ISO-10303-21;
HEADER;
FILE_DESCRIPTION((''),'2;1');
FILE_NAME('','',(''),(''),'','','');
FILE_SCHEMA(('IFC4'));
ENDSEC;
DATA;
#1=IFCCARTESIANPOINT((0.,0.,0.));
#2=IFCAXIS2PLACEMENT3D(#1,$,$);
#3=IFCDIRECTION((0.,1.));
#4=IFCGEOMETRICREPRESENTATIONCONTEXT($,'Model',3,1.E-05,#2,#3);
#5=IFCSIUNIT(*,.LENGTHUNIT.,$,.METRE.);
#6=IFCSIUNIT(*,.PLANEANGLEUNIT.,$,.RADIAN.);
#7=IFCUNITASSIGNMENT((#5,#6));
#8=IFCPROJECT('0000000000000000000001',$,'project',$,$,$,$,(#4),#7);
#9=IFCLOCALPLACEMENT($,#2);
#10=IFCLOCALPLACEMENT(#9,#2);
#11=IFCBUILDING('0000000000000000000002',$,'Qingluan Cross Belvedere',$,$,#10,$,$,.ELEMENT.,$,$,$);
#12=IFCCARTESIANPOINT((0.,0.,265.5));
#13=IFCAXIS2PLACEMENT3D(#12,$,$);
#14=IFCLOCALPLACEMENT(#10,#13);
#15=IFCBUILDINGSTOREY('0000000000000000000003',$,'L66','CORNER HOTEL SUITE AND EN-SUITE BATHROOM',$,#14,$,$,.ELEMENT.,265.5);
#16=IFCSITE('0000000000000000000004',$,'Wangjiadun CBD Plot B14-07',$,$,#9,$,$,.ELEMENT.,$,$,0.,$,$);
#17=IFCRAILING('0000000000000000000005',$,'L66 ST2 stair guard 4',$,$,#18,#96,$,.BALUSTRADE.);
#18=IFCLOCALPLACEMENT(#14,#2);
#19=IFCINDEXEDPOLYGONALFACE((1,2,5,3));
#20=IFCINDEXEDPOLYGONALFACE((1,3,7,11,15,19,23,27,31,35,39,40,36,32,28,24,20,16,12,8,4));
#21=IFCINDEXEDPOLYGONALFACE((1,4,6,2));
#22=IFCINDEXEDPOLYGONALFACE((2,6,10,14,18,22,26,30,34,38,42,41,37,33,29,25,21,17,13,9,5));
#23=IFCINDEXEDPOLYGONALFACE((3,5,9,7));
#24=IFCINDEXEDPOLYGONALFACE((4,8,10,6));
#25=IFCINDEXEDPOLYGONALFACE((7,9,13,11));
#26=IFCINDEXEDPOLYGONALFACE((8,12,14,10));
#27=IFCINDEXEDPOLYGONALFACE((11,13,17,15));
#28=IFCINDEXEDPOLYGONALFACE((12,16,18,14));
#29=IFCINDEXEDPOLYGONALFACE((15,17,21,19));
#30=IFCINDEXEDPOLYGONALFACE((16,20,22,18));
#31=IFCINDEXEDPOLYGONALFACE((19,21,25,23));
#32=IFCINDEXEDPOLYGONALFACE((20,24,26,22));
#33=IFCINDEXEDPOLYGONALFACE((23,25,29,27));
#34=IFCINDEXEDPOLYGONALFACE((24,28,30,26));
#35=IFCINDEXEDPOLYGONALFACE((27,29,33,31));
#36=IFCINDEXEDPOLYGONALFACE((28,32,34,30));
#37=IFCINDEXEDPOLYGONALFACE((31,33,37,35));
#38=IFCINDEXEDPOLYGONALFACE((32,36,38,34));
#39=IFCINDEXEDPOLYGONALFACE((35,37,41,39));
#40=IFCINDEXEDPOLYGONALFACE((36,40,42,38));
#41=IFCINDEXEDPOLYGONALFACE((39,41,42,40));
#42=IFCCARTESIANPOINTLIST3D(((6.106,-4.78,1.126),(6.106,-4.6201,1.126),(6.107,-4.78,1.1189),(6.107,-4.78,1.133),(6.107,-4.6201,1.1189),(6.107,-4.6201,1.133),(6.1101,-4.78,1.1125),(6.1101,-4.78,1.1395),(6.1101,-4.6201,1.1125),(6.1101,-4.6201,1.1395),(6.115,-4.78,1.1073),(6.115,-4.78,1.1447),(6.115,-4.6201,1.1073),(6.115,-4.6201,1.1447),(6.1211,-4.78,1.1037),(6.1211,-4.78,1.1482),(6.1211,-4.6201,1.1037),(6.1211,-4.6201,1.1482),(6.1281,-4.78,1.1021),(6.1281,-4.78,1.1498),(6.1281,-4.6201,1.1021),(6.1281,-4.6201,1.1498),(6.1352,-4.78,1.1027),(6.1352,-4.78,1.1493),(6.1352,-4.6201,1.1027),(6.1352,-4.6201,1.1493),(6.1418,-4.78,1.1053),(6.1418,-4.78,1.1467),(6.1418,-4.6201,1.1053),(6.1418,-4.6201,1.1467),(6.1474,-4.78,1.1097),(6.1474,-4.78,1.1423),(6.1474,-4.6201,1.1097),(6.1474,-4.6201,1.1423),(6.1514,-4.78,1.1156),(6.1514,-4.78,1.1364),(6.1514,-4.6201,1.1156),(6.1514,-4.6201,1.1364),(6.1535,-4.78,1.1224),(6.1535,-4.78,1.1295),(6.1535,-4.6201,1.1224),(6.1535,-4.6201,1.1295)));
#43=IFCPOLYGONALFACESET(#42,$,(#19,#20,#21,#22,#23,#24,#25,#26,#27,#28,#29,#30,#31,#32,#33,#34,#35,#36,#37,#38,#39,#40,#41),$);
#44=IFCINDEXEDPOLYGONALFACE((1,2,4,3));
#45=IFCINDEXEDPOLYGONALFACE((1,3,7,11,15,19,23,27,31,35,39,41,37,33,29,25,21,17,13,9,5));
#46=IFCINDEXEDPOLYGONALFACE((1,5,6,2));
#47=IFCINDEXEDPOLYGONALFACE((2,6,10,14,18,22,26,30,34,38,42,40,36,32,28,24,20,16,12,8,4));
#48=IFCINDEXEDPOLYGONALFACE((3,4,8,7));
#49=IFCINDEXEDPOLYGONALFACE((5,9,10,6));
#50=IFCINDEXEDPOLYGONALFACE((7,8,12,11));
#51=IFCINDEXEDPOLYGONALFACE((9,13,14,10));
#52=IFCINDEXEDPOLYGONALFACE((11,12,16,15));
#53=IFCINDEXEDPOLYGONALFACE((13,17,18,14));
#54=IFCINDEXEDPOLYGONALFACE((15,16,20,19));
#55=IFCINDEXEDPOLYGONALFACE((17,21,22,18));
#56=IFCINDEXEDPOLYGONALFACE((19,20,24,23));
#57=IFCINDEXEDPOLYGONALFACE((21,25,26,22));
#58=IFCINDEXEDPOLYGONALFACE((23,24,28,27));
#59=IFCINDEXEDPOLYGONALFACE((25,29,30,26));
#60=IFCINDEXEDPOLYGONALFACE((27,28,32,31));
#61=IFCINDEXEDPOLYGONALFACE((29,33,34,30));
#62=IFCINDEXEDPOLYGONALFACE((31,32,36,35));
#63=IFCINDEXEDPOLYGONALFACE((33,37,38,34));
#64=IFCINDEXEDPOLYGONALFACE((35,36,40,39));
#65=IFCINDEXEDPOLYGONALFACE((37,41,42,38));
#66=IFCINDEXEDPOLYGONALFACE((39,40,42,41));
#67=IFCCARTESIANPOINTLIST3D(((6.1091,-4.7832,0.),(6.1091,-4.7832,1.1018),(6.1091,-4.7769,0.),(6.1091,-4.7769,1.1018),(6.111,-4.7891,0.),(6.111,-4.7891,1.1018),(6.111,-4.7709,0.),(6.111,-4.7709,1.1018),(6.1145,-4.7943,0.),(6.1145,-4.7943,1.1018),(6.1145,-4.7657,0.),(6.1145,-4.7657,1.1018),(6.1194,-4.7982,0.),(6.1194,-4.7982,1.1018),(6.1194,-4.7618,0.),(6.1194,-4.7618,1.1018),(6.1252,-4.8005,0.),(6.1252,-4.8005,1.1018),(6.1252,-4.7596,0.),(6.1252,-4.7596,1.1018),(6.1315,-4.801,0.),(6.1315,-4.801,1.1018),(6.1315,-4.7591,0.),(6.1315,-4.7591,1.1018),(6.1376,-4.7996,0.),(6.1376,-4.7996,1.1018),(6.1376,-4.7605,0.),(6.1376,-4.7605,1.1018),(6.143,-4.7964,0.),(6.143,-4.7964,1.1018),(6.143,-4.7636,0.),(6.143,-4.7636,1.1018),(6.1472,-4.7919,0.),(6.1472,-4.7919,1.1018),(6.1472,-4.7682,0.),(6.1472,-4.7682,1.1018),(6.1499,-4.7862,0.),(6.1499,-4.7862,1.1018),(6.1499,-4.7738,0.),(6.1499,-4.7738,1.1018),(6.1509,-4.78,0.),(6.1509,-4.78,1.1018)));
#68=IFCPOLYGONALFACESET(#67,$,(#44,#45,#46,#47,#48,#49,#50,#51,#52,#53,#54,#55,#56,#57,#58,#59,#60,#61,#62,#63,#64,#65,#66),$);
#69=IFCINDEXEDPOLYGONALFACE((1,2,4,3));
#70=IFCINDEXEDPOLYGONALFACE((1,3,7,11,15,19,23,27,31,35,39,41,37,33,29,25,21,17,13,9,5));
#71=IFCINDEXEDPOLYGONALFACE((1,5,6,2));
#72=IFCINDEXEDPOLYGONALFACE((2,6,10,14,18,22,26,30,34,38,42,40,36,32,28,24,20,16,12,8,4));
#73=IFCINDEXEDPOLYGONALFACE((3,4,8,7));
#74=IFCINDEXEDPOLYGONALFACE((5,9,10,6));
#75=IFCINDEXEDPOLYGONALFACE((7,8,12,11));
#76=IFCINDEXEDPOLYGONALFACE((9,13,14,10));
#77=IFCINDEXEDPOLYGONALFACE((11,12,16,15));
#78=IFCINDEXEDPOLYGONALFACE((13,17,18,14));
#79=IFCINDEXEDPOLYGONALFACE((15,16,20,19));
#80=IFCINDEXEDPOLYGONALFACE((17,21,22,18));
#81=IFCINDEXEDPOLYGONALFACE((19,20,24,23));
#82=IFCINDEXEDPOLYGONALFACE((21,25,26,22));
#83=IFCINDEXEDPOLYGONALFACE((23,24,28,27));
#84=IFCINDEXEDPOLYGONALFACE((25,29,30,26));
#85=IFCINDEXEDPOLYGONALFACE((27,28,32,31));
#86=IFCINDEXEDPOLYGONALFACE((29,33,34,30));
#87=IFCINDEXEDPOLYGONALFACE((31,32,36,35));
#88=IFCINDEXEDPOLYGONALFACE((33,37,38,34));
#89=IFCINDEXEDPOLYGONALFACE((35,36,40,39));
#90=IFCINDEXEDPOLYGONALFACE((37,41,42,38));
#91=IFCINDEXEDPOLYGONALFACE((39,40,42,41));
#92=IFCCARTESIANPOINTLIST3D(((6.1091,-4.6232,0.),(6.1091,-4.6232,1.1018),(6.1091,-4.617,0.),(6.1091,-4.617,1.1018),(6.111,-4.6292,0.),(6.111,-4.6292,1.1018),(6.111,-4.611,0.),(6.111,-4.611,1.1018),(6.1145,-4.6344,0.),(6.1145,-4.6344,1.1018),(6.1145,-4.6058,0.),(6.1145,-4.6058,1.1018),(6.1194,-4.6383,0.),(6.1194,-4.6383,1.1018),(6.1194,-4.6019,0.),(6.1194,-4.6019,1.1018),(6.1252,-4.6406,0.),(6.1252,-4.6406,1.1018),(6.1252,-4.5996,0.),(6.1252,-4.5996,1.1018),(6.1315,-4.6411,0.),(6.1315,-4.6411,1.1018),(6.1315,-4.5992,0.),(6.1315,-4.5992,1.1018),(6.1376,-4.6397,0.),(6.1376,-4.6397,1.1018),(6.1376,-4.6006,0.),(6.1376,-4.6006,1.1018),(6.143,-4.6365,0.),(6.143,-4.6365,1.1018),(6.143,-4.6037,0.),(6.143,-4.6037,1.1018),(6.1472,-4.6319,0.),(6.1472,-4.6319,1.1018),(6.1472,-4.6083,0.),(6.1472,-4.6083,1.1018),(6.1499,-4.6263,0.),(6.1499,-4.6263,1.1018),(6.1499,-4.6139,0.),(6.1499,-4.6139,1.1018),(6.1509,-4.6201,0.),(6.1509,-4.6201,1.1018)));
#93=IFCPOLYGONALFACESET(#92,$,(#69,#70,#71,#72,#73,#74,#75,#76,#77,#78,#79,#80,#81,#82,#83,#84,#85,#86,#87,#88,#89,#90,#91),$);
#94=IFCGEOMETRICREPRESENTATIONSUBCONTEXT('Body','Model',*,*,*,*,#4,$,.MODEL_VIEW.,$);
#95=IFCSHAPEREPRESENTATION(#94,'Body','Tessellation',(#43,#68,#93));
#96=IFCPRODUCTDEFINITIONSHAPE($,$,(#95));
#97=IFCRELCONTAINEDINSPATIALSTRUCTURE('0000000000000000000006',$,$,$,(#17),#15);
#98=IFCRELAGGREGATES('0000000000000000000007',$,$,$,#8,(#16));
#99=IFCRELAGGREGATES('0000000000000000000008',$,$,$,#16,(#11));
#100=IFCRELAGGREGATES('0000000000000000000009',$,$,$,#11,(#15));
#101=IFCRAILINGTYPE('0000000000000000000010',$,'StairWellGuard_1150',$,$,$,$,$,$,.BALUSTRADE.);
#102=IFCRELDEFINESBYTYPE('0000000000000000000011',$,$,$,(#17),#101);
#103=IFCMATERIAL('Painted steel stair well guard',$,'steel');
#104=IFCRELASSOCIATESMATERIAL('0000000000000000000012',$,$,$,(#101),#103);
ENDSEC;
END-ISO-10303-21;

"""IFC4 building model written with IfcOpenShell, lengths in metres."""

from ifc_helpers import new_model, si_unit, direction, frame, origin, origin_2d, place, context, subcontext, project, spatial, circle, extrude, material, type_object, element, save


model = new_model("IFC4")

# Units and contexts
model_context = context("Model", 3, precision=1e-05, world=origin(), true_north=direction((0.0, 1.0)))
body_context = subcontext(model_context, "Body", "Model", "MODEL_VIEW")
ifc_project = project(units=[si_unit("LENGTHUNIT", "METRE"), si_unit("PLANEANGLEUNIT", "RADIAN")], contexts=[model_context])

# Site, building, storey
site_placement = place(None, origin())
site = spatial("IfcSite", under=ifc_project, at=site_placement, Name="Wangjiadun CBD Plot B14-07", CompositionType="ELEMENT", RefElevation=0.0)
building_placement = place(site_placement, origin())
building = spatial("IfcBuilding", under=site, at=building_placement, Name="Qingluan Cross Belvedere", CompositionType="ELEMENT")
storey_placement = place(building_placement, frame((0.0, 0.0, 265.5)))
storey = spatial("IfcBuildingStorey", under=building, at=storey_placement, Name="L66", Description="CORNER HOTEL SUITE AND EN-SUITE BATHROOM", CompositionType="ELEMENT", Elevation=265.5)

# Railing
ifc_material_1 = material(Name="Painted steel stair well guard", Category="steel")
railing_type_1 = type_object("IfcRailingType", Name="StairWellGuard_1150", PredefinedType="BALUSTRADE", material=ifc_material_1)
railing_1_placement = place(storey_placement, frame((6.1299, -4.78, 0.0)))
element("IfcRailing", 1, at=railing_1_placement, inside=storey, type_object=railing_type_1, Name="L66 ST2 stair guard 4", PredefinedType="BALUSTRADE", context=body_context, shape_type="SweptSolid", body=[
    extrude(circle(Radius=0.0239, at=origin_2d()), frame((0.0, 0.0, 1.126), z_axis=(0.0, 1.0, 0.0), x_axis=(-1.0, 0.0, 0.0)), (0.0, 0.0, 1.0), 0.1599),
    extrude(circle(Radius=0.021, at=origin_2d()), origin(), (0.0, 0.0, 1.0), 1.1018),
    extrude(circle(Radius=0.021, at=origin_2d()), frame((0.0, 0.1599, 0.0)), (0.0, 0.0, 1.0), 1.1018),
])

save(model, "model.ifc")
